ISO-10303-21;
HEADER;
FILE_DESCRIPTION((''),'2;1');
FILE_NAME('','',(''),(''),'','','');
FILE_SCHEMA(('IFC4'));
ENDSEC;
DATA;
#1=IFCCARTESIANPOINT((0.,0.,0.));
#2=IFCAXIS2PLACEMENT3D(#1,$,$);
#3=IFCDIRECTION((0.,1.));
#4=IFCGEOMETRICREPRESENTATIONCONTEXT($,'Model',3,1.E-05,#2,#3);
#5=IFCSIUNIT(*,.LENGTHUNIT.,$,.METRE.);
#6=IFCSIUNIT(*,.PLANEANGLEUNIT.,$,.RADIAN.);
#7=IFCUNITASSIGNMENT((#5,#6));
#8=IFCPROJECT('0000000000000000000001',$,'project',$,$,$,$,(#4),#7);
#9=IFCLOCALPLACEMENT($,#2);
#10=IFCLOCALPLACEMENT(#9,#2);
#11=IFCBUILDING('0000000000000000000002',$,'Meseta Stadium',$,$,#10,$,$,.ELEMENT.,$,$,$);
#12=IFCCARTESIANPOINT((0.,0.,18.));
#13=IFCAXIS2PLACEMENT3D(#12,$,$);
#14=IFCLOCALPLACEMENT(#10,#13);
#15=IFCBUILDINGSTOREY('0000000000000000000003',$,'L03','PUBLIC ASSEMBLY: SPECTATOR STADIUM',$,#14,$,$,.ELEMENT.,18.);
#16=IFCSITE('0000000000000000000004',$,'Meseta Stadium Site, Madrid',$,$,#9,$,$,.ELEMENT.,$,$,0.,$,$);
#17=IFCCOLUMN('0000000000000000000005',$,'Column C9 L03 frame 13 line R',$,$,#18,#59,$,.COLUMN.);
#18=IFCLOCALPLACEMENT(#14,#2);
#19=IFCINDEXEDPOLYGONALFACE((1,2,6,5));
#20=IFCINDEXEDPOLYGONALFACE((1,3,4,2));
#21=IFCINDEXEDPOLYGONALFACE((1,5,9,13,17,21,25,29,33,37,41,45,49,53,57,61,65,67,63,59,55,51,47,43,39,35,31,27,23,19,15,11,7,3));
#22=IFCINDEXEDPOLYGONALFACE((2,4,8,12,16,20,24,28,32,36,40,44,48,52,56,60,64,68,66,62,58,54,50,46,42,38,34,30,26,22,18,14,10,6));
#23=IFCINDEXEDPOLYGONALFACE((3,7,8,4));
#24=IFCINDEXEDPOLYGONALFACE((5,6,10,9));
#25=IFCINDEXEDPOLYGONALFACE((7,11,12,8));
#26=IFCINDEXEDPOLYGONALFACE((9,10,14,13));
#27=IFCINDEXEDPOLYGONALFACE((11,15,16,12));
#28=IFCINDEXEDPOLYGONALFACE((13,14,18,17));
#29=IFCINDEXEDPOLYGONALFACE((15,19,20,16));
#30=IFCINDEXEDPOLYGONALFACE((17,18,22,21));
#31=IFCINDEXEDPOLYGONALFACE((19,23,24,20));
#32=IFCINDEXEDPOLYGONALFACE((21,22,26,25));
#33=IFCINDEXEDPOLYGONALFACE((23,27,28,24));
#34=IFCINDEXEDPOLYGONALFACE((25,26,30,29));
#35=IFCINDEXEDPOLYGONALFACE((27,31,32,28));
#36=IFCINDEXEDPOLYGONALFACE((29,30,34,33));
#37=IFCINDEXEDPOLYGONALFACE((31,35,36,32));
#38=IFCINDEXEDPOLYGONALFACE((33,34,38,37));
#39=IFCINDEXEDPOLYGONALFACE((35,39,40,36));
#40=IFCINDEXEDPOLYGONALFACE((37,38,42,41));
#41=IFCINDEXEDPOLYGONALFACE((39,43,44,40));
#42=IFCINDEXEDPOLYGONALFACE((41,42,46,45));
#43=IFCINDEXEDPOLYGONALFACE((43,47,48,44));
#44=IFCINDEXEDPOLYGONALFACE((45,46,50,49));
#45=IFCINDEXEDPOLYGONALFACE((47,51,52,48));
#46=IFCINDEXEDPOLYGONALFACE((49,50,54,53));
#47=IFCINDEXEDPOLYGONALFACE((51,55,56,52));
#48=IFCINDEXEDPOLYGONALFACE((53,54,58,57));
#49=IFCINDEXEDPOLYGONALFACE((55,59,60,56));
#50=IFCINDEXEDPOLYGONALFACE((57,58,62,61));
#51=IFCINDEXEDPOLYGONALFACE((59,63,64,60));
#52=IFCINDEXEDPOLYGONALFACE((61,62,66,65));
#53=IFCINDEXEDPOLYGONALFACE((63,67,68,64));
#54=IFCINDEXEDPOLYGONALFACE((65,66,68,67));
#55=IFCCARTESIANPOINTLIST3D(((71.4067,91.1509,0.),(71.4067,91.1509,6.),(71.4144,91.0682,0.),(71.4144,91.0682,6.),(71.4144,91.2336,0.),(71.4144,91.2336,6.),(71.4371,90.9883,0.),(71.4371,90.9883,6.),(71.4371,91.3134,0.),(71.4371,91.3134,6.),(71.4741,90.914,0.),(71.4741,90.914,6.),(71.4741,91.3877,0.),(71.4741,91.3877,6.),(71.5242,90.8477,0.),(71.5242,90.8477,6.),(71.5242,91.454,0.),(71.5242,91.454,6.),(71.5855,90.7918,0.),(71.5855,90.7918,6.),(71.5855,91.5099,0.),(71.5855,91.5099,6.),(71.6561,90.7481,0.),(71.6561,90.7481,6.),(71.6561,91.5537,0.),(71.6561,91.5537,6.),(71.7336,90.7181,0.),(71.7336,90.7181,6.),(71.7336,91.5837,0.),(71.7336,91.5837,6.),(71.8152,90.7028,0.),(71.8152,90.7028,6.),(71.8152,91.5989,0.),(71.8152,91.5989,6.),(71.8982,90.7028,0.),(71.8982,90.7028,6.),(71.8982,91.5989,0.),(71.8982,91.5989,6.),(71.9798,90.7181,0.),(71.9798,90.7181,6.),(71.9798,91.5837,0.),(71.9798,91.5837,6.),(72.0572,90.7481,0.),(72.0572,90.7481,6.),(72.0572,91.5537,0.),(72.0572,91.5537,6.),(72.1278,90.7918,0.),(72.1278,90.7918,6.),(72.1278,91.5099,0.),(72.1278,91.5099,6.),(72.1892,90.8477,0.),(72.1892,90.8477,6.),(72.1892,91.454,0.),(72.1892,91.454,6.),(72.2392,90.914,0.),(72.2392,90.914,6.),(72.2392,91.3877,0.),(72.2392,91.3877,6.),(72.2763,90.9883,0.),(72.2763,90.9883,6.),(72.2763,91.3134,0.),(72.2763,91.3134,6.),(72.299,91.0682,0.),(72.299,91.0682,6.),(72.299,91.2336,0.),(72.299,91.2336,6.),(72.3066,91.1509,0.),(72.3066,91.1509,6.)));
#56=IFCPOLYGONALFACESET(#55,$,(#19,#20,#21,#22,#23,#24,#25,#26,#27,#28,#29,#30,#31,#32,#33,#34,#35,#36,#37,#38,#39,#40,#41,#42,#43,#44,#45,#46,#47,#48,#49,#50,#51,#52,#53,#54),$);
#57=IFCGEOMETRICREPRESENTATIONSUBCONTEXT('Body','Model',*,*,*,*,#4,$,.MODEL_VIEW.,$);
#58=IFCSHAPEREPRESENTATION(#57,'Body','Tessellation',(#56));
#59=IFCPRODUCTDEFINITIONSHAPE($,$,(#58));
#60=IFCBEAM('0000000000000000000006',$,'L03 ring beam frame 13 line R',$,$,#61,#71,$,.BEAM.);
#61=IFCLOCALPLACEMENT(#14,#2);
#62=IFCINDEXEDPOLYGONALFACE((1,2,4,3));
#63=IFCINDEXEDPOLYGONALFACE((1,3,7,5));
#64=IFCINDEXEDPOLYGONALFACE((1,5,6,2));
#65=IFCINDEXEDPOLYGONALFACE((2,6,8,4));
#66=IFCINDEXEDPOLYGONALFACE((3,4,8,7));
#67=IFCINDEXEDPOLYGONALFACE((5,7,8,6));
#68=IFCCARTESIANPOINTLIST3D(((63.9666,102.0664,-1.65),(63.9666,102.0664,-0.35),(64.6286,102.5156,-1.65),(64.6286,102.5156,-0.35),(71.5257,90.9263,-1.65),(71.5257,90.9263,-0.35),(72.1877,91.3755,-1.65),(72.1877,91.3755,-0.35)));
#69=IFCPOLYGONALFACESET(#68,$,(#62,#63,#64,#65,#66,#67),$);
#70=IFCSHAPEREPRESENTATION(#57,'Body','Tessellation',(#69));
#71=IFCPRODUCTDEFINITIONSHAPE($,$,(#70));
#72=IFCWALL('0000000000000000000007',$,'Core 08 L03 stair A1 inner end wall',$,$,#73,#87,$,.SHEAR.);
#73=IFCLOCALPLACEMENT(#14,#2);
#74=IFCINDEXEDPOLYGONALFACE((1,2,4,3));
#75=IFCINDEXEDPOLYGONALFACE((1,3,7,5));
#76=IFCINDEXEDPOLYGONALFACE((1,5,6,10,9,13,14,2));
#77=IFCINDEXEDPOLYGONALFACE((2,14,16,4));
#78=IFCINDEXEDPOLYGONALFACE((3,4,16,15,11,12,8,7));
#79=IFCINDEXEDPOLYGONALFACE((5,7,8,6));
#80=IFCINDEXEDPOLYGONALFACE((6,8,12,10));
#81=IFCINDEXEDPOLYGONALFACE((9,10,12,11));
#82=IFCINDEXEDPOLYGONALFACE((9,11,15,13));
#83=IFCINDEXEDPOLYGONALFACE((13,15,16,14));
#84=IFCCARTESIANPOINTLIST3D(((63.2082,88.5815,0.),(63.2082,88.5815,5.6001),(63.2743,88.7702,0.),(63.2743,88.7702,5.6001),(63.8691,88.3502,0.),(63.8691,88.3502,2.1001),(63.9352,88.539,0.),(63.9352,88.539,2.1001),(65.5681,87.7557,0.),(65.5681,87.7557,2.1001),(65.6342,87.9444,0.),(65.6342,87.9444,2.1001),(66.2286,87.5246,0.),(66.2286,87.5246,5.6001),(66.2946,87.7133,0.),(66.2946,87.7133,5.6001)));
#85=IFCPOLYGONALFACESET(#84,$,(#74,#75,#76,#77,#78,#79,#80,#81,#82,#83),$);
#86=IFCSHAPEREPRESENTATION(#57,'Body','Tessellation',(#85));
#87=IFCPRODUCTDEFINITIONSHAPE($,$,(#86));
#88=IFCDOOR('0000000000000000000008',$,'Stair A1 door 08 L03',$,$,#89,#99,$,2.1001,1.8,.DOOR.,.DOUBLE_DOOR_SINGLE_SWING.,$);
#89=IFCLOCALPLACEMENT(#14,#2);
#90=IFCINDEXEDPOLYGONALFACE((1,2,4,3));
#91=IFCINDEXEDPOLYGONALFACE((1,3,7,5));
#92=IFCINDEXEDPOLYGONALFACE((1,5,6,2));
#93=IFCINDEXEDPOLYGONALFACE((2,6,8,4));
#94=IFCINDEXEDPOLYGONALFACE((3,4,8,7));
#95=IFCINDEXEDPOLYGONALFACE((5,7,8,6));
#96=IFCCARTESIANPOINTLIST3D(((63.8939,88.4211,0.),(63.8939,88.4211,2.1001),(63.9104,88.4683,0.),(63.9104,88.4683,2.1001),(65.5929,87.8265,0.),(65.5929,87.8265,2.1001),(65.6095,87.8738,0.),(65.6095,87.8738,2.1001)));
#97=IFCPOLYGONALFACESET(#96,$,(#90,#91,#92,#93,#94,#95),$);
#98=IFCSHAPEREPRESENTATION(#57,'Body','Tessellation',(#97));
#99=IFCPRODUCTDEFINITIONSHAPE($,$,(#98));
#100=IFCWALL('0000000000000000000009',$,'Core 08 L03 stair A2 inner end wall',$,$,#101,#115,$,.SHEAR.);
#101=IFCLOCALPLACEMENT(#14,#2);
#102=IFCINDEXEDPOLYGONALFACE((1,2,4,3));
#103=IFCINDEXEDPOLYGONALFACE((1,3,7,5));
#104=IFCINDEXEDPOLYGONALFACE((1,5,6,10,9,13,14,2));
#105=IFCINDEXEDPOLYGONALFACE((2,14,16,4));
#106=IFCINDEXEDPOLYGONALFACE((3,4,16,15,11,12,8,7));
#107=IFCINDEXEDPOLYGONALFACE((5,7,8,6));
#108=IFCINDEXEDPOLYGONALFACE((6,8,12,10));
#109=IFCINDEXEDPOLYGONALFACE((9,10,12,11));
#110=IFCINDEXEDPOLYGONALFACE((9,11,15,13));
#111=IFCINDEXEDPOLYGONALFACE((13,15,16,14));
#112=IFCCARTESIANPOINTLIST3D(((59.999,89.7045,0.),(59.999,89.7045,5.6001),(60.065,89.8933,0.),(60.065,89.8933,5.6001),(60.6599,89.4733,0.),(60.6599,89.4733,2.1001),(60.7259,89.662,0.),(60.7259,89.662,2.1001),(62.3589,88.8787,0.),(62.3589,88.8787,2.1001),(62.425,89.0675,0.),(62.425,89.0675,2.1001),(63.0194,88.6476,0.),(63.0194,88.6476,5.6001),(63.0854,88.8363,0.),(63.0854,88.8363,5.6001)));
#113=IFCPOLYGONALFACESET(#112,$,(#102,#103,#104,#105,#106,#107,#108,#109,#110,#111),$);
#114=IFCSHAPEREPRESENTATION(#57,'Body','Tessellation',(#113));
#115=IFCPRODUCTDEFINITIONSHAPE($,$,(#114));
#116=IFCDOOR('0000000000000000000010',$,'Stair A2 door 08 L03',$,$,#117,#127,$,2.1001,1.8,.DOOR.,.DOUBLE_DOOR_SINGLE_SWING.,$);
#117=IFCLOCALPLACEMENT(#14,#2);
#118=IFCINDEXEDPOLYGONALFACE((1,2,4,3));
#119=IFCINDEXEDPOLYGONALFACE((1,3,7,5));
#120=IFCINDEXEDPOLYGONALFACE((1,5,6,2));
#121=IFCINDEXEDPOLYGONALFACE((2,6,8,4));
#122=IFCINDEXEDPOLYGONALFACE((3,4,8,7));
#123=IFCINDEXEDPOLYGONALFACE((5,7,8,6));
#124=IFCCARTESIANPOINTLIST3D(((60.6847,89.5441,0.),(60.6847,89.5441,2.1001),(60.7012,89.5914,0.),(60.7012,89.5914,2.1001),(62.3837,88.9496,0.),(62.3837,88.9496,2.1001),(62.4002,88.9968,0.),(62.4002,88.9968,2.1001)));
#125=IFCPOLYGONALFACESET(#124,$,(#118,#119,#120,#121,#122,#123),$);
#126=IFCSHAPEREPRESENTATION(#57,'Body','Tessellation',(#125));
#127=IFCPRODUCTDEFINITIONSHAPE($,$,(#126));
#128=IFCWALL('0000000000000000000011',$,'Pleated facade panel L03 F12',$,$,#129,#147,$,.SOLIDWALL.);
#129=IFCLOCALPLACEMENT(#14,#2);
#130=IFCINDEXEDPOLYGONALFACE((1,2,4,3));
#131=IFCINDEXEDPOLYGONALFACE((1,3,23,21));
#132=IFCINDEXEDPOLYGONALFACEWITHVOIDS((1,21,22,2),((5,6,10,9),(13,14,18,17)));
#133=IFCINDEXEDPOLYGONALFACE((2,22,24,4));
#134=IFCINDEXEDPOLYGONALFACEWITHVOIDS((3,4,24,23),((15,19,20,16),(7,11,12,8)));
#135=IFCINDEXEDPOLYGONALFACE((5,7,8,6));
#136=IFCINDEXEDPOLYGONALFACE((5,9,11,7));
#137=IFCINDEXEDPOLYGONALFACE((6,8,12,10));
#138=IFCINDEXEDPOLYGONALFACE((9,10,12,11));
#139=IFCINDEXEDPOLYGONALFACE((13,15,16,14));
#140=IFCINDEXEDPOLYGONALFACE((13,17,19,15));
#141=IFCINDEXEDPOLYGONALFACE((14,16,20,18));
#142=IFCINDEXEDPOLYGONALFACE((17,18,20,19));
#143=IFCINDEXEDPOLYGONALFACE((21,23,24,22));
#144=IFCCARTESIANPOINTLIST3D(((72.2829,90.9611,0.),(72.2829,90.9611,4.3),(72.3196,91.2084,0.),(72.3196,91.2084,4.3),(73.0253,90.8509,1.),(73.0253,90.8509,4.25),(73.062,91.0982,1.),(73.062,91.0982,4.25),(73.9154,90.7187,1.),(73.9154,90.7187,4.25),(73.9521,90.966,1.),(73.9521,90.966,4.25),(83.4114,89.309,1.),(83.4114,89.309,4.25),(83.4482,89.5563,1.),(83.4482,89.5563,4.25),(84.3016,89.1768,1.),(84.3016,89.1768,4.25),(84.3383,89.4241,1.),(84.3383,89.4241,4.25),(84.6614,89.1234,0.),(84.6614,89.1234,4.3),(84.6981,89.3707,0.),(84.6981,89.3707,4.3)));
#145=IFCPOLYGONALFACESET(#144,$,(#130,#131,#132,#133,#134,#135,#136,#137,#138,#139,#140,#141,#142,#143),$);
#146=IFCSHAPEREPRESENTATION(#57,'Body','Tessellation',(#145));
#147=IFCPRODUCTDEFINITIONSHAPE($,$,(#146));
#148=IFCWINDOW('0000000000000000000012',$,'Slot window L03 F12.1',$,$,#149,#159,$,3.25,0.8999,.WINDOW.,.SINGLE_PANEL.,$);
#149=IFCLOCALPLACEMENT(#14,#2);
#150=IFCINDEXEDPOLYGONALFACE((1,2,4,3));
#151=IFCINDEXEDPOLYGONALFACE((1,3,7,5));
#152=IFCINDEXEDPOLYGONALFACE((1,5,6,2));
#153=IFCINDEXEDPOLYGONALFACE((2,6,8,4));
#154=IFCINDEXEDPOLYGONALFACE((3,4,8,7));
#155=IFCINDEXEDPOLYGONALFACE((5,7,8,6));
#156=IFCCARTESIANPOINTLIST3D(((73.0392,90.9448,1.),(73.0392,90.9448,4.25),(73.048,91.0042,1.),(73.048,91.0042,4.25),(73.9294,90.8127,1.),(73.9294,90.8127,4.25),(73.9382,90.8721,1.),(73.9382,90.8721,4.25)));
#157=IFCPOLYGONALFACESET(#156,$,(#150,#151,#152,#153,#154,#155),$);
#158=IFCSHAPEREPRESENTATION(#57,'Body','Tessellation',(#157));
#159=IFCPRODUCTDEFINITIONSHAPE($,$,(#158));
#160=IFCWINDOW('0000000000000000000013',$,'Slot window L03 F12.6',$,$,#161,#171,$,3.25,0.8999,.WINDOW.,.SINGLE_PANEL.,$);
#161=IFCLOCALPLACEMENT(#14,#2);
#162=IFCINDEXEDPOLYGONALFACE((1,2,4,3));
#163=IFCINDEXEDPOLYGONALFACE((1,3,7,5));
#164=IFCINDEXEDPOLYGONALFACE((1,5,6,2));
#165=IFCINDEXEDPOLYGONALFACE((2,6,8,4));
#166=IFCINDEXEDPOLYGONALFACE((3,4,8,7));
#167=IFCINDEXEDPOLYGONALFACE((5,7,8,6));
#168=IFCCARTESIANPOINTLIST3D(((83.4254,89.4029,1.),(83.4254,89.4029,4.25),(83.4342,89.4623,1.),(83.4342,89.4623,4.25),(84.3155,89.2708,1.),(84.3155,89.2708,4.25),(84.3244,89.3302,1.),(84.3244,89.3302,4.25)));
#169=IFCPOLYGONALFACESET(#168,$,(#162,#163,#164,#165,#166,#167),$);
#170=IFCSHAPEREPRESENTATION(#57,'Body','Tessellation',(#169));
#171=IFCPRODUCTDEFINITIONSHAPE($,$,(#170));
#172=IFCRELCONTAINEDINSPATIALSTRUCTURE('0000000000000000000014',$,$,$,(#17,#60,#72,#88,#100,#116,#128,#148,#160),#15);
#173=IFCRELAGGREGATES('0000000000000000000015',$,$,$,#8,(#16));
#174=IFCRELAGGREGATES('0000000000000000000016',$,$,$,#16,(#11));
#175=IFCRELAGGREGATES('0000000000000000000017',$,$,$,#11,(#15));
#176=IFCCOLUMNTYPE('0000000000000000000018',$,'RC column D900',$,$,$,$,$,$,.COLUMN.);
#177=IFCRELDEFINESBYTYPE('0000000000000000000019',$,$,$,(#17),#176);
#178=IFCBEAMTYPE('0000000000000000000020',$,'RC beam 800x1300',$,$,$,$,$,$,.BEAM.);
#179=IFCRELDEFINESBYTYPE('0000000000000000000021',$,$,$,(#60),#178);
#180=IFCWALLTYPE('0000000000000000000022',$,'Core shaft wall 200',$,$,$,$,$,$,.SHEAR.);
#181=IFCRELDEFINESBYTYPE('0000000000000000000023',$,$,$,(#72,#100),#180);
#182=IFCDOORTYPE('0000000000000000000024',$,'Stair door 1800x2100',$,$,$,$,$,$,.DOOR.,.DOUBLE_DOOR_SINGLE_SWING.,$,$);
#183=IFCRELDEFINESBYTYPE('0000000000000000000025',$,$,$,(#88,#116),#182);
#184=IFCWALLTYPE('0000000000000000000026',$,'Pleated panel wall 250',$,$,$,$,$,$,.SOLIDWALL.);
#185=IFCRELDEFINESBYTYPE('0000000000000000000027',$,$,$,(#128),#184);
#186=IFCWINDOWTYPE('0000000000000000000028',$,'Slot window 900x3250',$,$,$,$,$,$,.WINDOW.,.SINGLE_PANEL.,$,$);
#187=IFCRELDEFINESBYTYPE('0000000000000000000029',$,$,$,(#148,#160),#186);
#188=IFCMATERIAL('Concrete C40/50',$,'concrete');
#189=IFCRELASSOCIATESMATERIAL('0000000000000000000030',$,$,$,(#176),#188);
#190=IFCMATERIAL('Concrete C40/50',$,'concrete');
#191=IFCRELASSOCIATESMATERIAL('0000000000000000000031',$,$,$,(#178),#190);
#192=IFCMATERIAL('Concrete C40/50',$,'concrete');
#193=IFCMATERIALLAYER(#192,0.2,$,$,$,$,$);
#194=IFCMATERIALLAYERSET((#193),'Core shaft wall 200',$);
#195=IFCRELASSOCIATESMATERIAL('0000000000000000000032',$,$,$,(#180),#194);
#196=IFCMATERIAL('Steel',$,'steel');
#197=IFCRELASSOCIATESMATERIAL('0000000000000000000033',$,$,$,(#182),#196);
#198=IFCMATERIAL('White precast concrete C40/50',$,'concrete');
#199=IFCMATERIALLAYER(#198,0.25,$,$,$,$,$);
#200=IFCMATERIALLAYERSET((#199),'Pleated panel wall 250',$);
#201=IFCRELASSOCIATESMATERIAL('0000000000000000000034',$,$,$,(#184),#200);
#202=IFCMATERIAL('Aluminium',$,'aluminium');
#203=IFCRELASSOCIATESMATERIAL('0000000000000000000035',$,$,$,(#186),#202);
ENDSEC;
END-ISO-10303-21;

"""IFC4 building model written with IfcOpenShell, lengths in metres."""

from ifc_helpers import new_model, si_unit, direction, frame, frame_2d, origin, origin_2d, place, context, subcontext, project, spatial, rectangle, circle, extrude, material, layer, layer_set, material_profile, profile_set, type_object, element, fill, save


model = new_model("IFC4")

# Units and contexts
model_context = context("Model", 3, precision=1e-05, world=origin(), true_north=direction((0.0, 1.0)))
body_context = subcontext(model_context, "Body", "Model", "MODEL_VIEW")
ifc_project = project(units=[si_unit("LENGTHUNIT", "METRE"), si_unit("PLANEANGLEUNIT", "RADIAN")], contexts=[model_context])

# Site, building, storey
site_placement = place(None, origin())
site = spatial("IfcSite", under=ifc_project, at=site_placement, Name="Meseta Stadium Site, Madrid", CompositionType="ELEMENT", RefElevation=0.0)
building_placement = place(site_placement, origin())
building = spatial("IfcBuilding", under=site, at=building_placement, Name="Meseta Stadium", CompositionType="ELEMENT")
storey_placement = place(building_placement, frame((0.0, 0.0, 18.0)))
storey = spatial("IfcBuildingStorey", under=building, at=storey_placement, Name="L03", Description="PUBLIC ASSEMBLY: SPECTATOR STADIUM", CompositionType="ELEMENT", Elevation=18.0)

# Column
ifc_material_1 = material(Name="Concrete C40/50", Category="concrete")
ifc_material_profile_1 = material_profile(ifc_material_1, circle(Radius=0.45, at=origin_2d()), Name="RC D900")
ifc_profile_set_1 = profile_set([ifc_material_profile_1], Name="Concrete C40/50")
column_type = type_object("IfcColumnType", Name="RC column D900", PredefinedType="COLUMN", material=ifc_profile_set_1)
column_placement = place(storey_placement, frame((71.8567, 91.1509, 0.0), z_axis=(0.0, 0.0, 1.0), x_axis=(1.0, 0.0, 0.0)))
element("IfcColumn", 1, at=column_placement, inside=storey, type_object=column_type, Name="Column C9 L03 frame 13 line R", PredefinedType="COLUMN", context=body_context, shape_type="SweptSolid", body=[
    extrude(circle(Radius=0.45, at=origin_2d()), origin(), (0.0, 0.0, 1.0), 6.0),
])

# Beam
ifc_material_2 = material(Name="Concrete C40/50", Category="concrete")
ifc_material_profile_2 = material_profile(ifc_material_2, rectangle(XDim=0.8, YDim=1.3, at=origin_2d()), Name="RC 800x1300")
ifc_profile_set_2 = profile_set([ifc_material_profile_2], Name="Concrete C40/50")
beam_type = type_object("IfcBeamType", Name="RC beam 800x1300", PredefinedType="BEAM", material=ifc_profile_set_2)
beam_placement = place(storey_placement, frame((71.8567, 91.1509, -1.0), z_axis=(-0.561486, 0.827486, 0.0), x_axis=(-0.827486, -0.561486, 0.0)))
element("IfcBeam", 2, at=beam_placement, inside=storey, type_object=beam_type, Name="L03 ring beam frame 13 line R", PredefinedType="BEAM", context=body_context, shape_type="SweptSolid", body=[
    extrude(rectangle(XDim=0.8, YDim=1.3, at=origin_2d()), origin(), (0.0, 0.0, 1.0), 13.4626),
])

# Walls, openings, doors
ifc_material_3 = material(Name="Concrete C40/50", Category="concrete")
ifc_layer_1 = layer(ifc_material_3, 0.2)
ifc_layer_set_1 = layer_set([ifc_layer_1], Name="Core shaft wall 200")
wall_type_1 = type_object("IfcWallType", Name="Core shaft wall 200", PredefinedType="SHEAR", material=ifc_layer_set_1)
wall_1_placement = place(storey_placement, frame((66.2617, 87.6189, 0.0), z_axis=(0.0, 0.0, 1.0), x_axis=(-0.943879, 0.330293, 0.0)))
wall_1 = element("IfcWall", 3, at=wall_1_placement, inside=storey, type_object=wall_type_1, Name="Core 08 L03 stair A1 inner end wall", PredefinedType="SHEAR", context=body_context, shape_type="SweptSolid", body=[
    extrude(rectangle(XDim=3.2, YDim=0.2, at=frame_2d((1.6001, 0.0))), origin(), (0.0, 0.0, 1.0), 5.6001),
])
opening_1_placement = place(wall_1_placement, frame((0.7, 0.0, 0.0)))
opening_1 = element("IfcOpeningElement", 4, at=opening_1_placement, cuts=wall_1, PredefinedType="OPENING", context=body_context, shape_type="SweptSolid", body=[
    extrude(rectangle(XDim=1.8, YDim=2.1001, at=frame_2d((0.8999, 1.05))), frame((0.0, 0.1099, 0.0), z_axis=(0.0, -1.0, 0.0), x_axis=(1.0, 0.0, 0.0)), (0.0, 0.0, 1.0), 0.22),
])
ifc_material_4 = material(Name="Steel", Category="steel")
door_type = type_object("IfcDoorType", Name="Stair door 1800x2100", OperationType="DOUBLE_DOOR_SINGLE_SWING", PredefinedType="DOOR", material=ifc_material_4)
door_1_placement = place(opening_1_placement, origin())
door_1 = element("IfcDoor", 5, at=door_1_placement, inside=storey, type_object=door_type, Name="Stair A1 door 08 L03", OperationType="DOUBLE_DOOR_SINGLE_SWING", OverallHeight=2.1001, OverallWidth=1.8, PredefinedType="DOOR", context=body_context, shape_type="SweptSolid", body=[
    extrude(rectangle(XDim=1.8, YDim=2.1001, at=frame_2d((0.8999, 1.05))), frame((0.0, 0.0249, 0.0), z_axis=(0.0, -1.0, 0.0), x_axis=(1.0, 0.0, 0.0)), (0.0, 0.0, 1.0), 0.05),
])
fill(opening_1, door_1)
wall_2_placement = place(storey_placement, frame((63.0525, 88.7419, 0.0), z_axis=(0.0, 0.0, 1.0), x_axis=(-0.943879, 0.330293, 0.0)))
wall_2 = element("IfcWall", 6, at=wall_2_placement, inside=storey, type_object=wall_type_1, Name="Core 08 L03 stair A2 inner end wall", PredefinedType="SHEAR", context=body_context, shape_type="SweptSolid", body=[
    extrude(rectangle(XDim=3.2, YDim=0.2, at=frame_2d((1.6001, 0.0))), origin(), (0.0, 0.0, 1.0), 5.6001),
])
opening_2_placement = place(wall_2_placement, frame((0.7, 0.0, 0.0)))
opening_2 = element("IfcOpeningElement", 7, at=opening_2_placement, cuts=wall_2, PredefinedType="OPENING", context=body_context, shape_type="SweptSolid", body=[
    extrude(rectangle(XDim=1.8, YDim=2.1001, at=frame_2d((0.8999, 1.05))), frame((0.0, 0.1099, 0.0), z_axis=(0.0, -1.0, 0.0), x_axis=(1.0, 0.0, 0.0)), (0.0, 0.0, 1.0), 0.22),
])
door_2_placement = place(opening_2_placement, origin())
door_2 = element("IfcDoor", 8, at=door_2_placement, inside=storey, type_object=door_type, Name="Stair A2 door 08 L03", OperationType="DOUBLE_DOOR_SINGLE_SWING", OverallHeight=2.1001, OverallWidth=1.8, PredefinedType="DOOR", context=body_context, shape_type="SweptSolid", body=[
    extrude(rectangle(XDim=1.8, YDim=2.1001, at=frame_2d((0.8999, 1.05))), frame((0.0, 0.0249, 0.0), z_axis=(0.0, -1.0, 0.0), x_axis=(1.0, 0.0, 0.0)), (0.0, 0.0, 1.0), 0.05),
])
fill(opening_2, door_2)

# Wall, openings, windows
ifc_material_5 = material(Name="White precast concrete C40/50", Category="concrete")
ifc_layer_2 = layer(ifc_material_5, 0.25)
ifc_layer_set_2 = layer_set([ifc_layer_2], Name="Pleated panel wall 250")
wall_type_2 = type_object("IfcWallType", Name="Pleated panel wall 250", PredefinedType="SOLIDWALL", material=ifc_layer_set_2)
wall_3_placement = place(storey_placement, frame((72.3013, 91.0847, 0.0), z_axis=(0.0, 0.0, 1.0), x_axis=(0.989159, -0.146846, 0.0)))
wall_3 = element("IfcWall", 9, at=wall_3_placement, inside=storey, type_object=wall_type_2, Name="Pleated facade panel L03 F12", PredefinedType="SOLIDWALL", context=body_context, shape_type="SweptSolid", body=[
    extrude(rectangle(XDim=12.5142, YDim=0.25, at=frame_2d((6.2571, 0.0))), origin(), (0.0, 0.0, 1.0), 4.3),
])
opening_3_placement = place(wall_3_placement, frame((0.7505, 0.0, 1.0)))
opening_3 = element("IfcOpeningElement", 10, at=opening_3_placement, cuts=wall_3, PredefinedType="OPENING", context=body_context, shape_type="SweptSolid", body=[
    extrude(rectangle(XDim=0.8999, YDim=3.25, at=frame_2d((0.45, 1.625))), frame((0.0, 0.135, 0.0), z_axis=(0.0, -1.0, 0.0), x_axis=(1.0, 0.0, 0.0)), (0.0, 0.0, 1.0), 0.27),
])
opening_4_placement = place(wall_3_placement, frame((11.2505, 0.0, 1.0)))
opening_4 = element("IfcOpeningElement", 11, at=opening_4_placement, cuts=wall_3, PredefinedType="OPENING", context=body_context, shape_type="SweptSolid", body=[
    extrude(rectangle(XDim=0.8999, YDim=3.25, at=frame_2d((0.45, 1.625))), frame((0.0, 0.135, 0.0), z_axis=(0.0, -1.0, 0.0), x_axis=(1.0, 0.0, 0.0)), (0.0, 0.0, 1.0), 0.27),
])
ifc_material_6 = material(Name="Aluminium", Category="aluminium")
window_type = type_object("IfcWindowType", Name="Slot window 900x3250", PartitioningType="SINGLE_PANEL", PredefinedType="WINDOW", material=ifc_material_6)
window_1_placement = place(opening_3_placement, origin())
window_1 = element("IfcWindow", 12, at=window_1_placement, inside=storey, type_object=window_type, Name="Slot window L03 F12.1", OverallHeight=3.25, OverallWidth=0.8999, PartitioningType="SINGLE_PANEL", PredefinedType="WINDOW", context=body_context, shape_type="SweptSolid", body=[
    extrude(rectangle(XDim=0.8999, YDim=3.25, at=frame_2d((0.45, 1.625))), frame((0.0, 0.03, 0.0), z_axis=(0.0, -1.0, 0.0), x_axis=(1.0, 0.0, 0.0)), (0.0, 0.0, 1.0), 0.0601),
])
fill(opening_3, window_1)
window_2_placement = place(opening_4_placement, origin())
window_2 = element("IfcWindow", 13, at=window_2_placement, inside=storey, type_object=window_type, Name="Slot window L03 F12.6", OverallHeight=3.25, OverallWidth=0.8999, PartitioningType="SINGLE_PANEL", PredefinedType="WINDOW", context=body_context, shape_type="SweptSolid", body=[
    extrude(rectangle(XDim=0.8999, YDim=3.25, at=frame_2d((0.45, 1.625))), frame((0.0, 0.03, 0.0), z_axis=(0.0, -1.0, 0.0), x_axis=(1.0, 0.0, 0.0)), (0.0, 0.0, 1.0), 0.0601),
])
fill(opening_4, window_2)

save(model, "model.ifc")
